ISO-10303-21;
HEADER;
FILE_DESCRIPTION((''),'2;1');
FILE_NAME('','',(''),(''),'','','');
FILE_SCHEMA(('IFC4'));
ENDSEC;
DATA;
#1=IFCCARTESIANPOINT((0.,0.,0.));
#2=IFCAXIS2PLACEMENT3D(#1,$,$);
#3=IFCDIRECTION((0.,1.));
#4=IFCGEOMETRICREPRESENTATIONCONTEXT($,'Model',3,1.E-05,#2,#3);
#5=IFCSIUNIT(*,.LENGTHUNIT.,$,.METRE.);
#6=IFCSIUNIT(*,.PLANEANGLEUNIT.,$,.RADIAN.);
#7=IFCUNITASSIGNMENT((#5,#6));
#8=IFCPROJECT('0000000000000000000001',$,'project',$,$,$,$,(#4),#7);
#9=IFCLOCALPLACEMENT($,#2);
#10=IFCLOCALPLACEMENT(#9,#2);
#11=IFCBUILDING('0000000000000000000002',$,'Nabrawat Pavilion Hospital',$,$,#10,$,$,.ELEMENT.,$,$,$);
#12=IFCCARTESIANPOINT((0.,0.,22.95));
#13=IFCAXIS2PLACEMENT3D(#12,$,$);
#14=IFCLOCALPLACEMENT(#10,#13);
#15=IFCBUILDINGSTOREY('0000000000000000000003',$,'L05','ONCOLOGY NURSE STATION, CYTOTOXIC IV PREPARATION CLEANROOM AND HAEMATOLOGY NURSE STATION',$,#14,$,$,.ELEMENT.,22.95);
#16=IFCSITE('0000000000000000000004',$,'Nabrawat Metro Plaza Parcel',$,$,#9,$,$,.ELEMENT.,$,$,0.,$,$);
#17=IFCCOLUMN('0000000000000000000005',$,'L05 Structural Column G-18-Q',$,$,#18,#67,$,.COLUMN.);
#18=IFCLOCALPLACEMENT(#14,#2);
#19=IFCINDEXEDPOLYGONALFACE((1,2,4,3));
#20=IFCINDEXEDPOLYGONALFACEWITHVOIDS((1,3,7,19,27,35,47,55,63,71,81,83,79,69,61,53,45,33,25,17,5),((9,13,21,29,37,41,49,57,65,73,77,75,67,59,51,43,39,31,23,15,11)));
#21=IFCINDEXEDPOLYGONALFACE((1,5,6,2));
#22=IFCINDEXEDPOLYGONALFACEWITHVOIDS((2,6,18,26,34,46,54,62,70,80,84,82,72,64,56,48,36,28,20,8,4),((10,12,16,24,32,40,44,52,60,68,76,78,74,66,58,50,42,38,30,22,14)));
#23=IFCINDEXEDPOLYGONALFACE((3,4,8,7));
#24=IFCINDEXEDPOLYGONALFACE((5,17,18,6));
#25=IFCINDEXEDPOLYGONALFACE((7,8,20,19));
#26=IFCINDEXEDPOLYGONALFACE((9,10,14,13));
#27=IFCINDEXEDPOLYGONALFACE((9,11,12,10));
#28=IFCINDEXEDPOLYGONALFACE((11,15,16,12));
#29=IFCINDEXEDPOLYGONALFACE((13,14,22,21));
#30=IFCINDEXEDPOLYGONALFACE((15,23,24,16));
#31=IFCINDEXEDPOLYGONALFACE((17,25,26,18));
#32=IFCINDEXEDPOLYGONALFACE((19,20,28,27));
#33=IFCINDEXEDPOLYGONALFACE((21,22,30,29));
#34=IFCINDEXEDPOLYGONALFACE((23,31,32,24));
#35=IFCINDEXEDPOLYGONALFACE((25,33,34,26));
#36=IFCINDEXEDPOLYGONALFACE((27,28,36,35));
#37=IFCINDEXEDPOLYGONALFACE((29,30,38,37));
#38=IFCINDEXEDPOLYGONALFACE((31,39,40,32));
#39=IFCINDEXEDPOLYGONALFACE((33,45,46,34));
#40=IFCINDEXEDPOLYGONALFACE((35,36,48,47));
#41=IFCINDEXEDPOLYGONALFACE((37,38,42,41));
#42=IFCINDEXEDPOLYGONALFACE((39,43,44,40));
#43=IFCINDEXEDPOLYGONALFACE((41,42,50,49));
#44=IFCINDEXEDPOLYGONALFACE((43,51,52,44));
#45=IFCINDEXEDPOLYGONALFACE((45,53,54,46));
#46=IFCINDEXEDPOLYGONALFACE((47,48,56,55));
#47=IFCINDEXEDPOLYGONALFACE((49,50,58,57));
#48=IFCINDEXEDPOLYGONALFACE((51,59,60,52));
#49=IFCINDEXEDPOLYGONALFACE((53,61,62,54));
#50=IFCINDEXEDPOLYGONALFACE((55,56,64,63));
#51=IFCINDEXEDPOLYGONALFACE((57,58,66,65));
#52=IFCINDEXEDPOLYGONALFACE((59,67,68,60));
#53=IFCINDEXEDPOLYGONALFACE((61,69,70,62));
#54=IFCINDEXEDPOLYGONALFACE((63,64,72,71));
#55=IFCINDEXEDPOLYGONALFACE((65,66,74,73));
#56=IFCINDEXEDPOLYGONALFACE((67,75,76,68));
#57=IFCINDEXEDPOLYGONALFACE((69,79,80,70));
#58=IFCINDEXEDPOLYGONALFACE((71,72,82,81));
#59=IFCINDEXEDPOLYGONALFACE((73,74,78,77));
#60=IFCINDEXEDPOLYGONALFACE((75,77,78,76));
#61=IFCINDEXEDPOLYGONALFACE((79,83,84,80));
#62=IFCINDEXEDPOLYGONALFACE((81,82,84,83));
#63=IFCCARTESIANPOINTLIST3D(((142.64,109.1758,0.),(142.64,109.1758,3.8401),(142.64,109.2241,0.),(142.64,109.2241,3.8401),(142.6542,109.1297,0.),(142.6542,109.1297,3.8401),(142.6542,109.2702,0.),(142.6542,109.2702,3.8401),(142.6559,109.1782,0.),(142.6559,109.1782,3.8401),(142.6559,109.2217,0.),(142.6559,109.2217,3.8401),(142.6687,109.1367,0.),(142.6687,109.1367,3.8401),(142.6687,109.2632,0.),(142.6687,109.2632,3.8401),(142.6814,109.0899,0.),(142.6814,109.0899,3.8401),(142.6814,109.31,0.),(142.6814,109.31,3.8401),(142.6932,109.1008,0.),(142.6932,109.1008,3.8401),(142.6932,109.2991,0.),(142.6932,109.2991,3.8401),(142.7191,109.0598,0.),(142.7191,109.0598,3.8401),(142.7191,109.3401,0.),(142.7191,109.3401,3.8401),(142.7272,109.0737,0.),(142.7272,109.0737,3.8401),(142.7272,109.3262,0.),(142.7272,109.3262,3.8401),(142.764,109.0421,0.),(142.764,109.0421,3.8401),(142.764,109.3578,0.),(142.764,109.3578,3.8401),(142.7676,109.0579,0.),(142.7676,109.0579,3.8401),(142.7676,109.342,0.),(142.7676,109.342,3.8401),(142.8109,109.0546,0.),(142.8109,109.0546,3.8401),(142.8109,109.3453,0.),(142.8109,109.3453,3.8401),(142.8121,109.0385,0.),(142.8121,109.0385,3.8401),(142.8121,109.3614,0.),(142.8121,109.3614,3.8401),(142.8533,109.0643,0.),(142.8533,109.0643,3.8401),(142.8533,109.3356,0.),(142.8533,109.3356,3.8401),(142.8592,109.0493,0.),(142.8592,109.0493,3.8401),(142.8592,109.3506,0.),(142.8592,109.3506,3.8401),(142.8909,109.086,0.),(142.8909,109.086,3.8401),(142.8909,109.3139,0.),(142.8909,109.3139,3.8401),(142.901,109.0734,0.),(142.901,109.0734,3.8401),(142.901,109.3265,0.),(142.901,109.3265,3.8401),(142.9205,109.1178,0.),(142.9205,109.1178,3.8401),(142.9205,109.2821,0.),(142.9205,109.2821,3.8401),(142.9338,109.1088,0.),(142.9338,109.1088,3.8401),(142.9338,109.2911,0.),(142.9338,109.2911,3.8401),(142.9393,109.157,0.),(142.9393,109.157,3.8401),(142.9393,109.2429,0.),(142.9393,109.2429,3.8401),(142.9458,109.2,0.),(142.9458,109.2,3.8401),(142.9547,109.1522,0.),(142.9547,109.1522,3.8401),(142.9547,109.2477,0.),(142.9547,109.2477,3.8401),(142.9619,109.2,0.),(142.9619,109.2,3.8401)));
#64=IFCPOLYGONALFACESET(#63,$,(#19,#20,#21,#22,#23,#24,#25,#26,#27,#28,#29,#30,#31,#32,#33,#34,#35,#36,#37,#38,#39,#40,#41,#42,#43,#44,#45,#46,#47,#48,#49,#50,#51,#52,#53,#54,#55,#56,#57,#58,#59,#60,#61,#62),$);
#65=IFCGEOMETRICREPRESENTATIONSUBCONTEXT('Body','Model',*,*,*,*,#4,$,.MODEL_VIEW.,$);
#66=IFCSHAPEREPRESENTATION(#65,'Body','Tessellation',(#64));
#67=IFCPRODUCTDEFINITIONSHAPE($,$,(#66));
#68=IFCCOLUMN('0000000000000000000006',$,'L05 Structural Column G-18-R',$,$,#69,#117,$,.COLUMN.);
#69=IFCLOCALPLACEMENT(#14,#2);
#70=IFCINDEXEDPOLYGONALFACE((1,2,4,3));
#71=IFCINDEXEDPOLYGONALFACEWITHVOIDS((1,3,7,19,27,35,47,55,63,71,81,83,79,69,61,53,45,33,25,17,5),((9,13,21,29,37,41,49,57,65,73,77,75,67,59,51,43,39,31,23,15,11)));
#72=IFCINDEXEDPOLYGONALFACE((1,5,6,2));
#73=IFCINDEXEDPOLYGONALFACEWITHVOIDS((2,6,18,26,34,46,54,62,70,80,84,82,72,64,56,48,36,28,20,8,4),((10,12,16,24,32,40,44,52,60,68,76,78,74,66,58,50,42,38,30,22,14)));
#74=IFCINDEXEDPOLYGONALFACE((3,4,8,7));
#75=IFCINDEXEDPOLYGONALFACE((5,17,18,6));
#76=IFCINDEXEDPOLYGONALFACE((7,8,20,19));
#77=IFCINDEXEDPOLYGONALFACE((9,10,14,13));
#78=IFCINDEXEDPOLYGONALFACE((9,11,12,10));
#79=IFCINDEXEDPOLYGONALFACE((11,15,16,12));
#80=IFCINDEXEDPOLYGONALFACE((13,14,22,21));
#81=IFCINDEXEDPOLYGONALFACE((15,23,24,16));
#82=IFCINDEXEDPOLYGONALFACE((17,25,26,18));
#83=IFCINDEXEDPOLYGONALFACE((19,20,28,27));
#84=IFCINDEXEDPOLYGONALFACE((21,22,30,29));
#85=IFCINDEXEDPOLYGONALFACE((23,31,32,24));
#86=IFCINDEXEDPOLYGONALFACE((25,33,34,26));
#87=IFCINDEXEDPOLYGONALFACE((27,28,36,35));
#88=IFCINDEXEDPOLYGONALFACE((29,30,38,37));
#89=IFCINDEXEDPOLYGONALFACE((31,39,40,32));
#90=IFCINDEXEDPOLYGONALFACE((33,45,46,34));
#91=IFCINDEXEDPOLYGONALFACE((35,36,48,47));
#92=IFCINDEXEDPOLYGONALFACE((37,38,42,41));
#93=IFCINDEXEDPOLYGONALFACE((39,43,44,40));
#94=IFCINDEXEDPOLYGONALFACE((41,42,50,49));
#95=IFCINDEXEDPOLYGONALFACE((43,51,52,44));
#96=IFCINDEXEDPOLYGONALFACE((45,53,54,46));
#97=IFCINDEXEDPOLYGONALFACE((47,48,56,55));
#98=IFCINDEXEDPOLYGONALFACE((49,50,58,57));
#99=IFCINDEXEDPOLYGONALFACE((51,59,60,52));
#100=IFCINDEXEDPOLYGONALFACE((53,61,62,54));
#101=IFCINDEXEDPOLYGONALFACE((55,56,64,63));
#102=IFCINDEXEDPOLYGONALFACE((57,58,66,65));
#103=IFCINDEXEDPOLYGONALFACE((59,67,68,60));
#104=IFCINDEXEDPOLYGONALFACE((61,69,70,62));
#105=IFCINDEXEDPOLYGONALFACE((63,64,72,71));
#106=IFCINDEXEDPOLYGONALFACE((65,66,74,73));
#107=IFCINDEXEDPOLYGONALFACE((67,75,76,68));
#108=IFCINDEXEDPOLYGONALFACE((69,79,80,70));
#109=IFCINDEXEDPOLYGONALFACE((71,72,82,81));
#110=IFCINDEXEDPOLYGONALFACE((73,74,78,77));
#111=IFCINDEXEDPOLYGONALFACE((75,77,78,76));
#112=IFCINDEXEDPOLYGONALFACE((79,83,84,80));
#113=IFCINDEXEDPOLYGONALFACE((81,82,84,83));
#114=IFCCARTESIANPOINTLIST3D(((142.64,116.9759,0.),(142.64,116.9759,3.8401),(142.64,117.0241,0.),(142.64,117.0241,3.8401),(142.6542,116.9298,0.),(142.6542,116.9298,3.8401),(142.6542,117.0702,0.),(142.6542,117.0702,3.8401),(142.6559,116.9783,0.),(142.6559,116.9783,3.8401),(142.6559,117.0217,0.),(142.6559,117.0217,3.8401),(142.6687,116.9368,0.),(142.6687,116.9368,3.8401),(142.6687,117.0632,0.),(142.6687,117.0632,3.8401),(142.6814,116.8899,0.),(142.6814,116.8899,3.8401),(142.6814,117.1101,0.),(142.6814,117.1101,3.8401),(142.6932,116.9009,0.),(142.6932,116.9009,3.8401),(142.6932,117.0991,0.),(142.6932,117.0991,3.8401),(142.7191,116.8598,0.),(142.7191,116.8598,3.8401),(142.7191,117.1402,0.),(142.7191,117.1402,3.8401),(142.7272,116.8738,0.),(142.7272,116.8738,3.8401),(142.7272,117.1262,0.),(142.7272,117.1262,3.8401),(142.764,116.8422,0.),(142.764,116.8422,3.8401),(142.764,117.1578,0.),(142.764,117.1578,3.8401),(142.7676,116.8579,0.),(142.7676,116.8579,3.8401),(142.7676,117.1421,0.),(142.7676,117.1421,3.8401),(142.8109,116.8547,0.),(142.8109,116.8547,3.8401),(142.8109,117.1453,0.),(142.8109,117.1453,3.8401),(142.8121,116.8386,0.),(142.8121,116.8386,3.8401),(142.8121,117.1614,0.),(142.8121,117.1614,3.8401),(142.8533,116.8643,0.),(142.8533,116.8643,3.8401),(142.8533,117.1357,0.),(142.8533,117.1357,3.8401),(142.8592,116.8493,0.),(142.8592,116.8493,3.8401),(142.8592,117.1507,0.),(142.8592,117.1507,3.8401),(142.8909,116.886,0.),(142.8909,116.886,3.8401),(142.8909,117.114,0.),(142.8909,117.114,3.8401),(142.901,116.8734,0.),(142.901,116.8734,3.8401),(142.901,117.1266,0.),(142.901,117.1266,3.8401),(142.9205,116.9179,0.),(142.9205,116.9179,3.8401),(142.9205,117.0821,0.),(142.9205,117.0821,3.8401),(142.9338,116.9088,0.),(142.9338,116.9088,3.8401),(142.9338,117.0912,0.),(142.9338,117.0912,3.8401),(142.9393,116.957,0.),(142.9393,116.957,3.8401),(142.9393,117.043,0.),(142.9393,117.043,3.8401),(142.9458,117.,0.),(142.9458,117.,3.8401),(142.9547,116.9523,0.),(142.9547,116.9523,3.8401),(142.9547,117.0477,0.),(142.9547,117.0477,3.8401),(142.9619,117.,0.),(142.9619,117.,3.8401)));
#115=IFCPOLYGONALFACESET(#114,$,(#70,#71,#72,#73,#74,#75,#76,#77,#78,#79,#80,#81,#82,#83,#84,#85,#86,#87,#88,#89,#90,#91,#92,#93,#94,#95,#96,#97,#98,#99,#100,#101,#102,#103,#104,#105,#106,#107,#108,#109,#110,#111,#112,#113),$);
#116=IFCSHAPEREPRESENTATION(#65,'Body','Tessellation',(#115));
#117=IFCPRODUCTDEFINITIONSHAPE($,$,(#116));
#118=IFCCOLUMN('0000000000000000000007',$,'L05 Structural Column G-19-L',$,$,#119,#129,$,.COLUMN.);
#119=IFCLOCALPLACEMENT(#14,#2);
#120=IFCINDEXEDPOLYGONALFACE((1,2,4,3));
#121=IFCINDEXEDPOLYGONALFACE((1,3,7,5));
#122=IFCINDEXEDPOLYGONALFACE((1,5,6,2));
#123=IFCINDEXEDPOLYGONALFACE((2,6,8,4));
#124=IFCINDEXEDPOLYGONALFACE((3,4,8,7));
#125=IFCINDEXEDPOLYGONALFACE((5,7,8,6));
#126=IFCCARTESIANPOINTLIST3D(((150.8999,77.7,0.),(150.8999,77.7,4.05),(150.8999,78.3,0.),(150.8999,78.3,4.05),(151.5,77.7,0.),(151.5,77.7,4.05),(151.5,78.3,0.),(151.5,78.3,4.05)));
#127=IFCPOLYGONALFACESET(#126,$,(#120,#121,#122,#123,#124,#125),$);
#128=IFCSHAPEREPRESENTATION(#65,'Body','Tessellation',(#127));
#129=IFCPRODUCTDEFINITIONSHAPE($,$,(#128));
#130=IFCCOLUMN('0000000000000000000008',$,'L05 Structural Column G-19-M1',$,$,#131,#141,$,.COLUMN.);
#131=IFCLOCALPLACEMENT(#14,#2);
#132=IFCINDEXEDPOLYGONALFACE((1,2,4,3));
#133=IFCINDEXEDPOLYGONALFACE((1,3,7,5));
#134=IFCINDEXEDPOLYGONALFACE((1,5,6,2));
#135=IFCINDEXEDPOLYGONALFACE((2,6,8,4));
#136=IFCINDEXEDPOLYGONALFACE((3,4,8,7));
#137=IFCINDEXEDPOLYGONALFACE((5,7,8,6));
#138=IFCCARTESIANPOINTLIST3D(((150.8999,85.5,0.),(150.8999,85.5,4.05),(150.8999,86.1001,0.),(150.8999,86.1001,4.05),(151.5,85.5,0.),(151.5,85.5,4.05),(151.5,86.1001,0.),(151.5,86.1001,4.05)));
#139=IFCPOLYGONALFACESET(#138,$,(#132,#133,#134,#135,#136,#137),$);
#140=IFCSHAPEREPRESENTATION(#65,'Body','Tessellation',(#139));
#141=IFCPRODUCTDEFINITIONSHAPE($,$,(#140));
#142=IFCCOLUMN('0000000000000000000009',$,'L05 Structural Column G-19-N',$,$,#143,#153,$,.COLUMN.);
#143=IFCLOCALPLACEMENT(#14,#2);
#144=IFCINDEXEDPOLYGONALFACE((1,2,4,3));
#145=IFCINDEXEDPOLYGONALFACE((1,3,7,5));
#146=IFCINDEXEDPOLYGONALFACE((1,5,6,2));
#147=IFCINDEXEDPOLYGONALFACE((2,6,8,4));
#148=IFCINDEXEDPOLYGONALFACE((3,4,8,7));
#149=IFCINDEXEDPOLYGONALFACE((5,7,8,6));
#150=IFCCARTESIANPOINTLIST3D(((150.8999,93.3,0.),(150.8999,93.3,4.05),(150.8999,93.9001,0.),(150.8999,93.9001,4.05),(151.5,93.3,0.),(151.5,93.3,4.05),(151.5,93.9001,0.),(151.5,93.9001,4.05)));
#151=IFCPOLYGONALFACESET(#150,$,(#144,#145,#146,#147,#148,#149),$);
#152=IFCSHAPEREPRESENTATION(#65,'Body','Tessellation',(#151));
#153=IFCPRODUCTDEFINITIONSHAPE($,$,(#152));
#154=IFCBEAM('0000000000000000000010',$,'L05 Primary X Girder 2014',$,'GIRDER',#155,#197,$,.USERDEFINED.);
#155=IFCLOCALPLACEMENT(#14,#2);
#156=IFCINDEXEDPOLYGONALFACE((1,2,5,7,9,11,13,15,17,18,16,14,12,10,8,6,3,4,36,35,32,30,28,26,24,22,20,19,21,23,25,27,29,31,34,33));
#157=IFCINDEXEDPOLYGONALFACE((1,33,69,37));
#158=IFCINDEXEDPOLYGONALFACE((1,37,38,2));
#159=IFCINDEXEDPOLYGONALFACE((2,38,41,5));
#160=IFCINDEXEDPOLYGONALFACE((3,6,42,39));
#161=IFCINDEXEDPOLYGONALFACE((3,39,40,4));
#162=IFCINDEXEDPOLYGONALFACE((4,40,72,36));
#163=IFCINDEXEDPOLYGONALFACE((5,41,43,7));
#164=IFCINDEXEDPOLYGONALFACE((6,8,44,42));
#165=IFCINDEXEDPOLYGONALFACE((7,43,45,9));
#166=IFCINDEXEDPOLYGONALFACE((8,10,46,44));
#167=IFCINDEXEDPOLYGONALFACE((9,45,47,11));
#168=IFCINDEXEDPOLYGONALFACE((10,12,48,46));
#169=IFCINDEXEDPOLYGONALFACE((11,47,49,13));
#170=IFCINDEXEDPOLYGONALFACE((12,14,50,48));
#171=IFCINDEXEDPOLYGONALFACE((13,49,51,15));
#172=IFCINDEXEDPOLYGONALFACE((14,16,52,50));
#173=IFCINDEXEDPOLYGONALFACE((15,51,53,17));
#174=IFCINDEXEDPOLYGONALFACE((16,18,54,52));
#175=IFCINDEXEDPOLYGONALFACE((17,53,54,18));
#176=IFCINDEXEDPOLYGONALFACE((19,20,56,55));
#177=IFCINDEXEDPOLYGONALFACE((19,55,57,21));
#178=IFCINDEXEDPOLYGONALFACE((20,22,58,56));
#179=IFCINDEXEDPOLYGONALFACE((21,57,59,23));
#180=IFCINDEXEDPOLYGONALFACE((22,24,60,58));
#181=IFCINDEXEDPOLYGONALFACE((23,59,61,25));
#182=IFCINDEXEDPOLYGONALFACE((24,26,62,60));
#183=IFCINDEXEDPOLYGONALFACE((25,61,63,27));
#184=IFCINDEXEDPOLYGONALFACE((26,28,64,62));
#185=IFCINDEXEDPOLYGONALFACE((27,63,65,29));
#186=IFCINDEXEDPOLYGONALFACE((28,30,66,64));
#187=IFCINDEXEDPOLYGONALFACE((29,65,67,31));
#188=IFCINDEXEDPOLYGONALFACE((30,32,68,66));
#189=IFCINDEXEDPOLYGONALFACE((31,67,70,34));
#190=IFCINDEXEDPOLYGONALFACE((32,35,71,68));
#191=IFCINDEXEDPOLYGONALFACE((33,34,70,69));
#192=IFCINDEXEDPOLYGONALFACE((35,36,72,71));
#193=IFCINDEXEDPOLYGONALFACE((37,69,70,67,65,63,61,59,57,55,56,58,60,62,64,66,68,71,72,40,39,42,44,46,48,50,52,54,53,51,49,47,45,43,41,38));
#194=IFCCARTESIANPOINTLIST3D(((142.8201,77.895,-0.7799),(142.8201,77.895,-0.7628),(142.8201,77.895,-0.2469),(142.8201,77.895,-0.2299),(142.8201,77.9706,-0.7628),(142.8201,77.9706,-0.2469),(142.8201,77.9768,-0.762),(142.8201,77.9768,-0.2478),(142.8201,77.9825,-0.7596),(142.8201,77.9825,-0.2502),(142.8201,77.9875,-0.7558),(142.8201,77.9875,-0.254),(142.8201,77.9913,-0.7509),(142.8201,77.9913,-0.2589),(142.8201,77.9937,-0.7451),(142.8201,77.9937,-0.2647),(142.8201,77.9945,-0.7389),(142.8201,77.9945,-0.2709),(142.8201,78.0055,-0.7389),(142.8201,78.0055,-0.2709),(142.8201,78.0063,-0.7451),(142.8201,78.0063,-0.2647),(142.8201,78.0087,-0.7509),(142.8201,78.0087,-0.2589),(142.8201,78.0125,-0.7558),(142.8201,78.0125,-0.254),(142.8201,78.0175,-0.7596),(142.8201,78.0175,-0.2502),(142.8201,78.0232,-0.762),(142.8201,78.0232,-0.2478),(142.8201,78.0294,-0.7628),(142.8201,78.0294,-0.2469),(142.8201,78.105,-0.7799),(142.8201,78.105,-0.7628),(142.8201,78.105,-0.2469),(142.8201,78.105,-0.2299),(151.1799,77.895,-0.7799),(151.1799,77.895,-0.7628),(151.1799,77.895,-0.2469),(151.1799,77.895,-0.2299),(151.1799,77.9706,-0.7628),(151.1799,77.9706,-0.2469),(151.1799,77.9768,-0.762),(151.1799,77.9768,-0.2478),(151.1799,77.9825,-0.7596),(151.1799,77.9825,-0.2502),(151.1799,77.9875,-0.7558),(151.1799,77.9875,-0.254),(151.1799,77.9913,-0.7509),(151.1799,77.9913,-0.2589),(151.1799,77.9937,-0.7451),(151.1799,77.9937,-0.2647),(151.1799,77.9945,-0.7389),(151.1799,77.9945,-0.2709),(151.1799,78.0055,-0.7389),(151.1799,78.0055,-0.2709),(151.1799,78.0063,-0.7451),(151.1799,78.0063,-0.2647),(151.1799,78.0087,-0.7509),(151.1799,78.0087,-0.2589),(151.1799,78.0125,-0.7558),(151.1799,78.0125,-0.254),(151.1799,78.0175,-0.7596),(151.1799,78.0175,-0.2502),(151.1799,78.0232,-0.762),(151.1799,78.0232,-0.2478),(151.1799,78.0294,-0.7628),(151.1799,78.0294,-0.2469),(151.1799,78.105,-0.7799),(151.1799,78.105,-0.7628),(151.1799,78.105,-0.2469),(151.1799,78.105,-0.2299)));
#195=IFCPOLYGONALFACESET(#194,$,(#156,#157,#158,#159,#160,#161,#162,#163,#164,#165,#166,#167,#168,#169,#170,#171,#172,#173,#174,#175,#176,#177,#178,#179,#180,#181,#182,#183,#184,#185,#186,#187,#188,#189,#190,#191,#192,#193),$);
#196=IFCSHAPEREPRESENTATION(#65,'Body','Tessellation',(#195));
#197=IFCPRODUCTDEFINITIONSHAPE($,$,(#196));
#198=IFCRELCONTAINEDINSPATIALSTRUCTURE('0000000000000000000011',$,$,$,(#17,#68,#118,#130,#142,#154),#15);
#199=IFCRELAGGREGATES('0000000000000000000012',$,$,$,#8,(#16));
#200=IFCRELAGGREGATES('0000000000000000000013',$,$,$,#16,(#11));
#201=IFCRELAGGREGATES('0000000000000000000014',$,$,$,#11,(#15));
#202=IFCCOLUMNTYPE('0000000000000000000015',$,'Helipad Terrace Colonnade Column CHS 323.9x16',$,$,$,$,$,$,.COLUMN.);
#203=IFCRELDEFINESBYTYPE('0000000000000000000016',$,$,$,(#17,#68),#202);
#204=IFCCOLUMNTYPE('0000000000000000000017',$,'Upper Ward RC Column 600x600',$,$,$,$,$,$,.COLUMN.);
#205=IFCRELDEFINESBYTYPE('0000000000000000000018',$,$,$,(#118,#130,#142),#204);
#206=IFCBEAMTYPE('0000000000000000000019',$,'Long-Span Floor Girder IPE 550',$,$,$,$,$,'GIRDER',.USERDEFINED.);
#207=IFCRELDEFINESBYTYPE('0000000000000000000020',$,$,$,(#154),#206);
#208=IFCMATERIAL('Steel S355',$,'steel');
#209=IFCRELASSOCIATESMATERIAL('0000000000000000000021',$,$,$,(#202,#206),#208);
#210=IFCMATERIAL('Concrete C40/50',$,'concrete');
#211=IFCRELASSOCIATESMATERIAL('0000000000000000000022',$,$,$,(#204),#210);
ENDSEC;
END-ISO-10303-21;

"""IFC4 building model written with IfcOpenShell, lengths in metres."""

from ifc_helpers import new_model, si_unit, direction, frame, origin, origin_2d, place, context, subcontext, project, spatial, rectangle, hollow_circle, i_section, extrude, material, material_profile, profile_set, type_object, element, save


model = new_model("IFC4")

# Units and contexts
model_context = context("Model", 3, precision=1e-05, world=origin(), true_north=direction((0.0, 1.0)))
body_context = subcontext(model_context, "Body", "Model", "MODEL_VIEW")
ifc_project = project(units=[si_unit("LENGTHUNIT", "METRE"), si_unit("PLANEANGLEUNIT", "RADIAN")], contexts=[model_context])

# Site, building, storey
site_placement = place(None, origin())
site = spatial("IfcSite", under=ifc_project, at=site_placement, Name="Nabrawat Metro Plaza Parcel", CompositionType="ELEMENT", RefElevation=0.0)
building_placement = place(site_placement, origin())
building = spatial("IfcBuilding", under=site, at=building_placement, Name="Nabrawat Pavilion Hospital", CompositionType="ELEMENT")
storey_placement = place(building_placement, frame((0.0, 0.0, 22.95)))
storey = spatial("IfcBuildingStorey", under=building, at=storey_placement, Name="L05", Description="ONCOLOGY NURSE STATION, CYTOTOXIC IV PREPARATION CLEANROOM AND HAEMATOLOGY NURSE STATION", CompositionType="ELEMENT", Elevation=22.95)

# Columns
ifc_material_1 = material(Name="Steel S355", Category="steel")
ifc_material_profile_1 = material_profile(ifc_material_1, hollow_circle(Radius=0.1619, WallThickness=0.0161, at=origin_2d()), Name="CHS 323.9x16")
ifc_profile_set_1 = profile_set([ifc_material_profile_1], Name="Steel S355")
column_type_1 = type_object("IfcColumnType", Name="Helipad Terrace Colonnade Column CHS 323.9x16", PredefinedType="COLUMN", material=ifc_profile_set_1)
for number, where, z_axis, x_axis, name in (
    (1, (142.8, 109.2, 0.0), (0.0, 0.0, 1.0), (1.0, 0.0, 0.0), "L05 Structural Column G-18-Q"),
    (2, (142.8, 117.0, 0.0), (0.0, 0.0, 1.0), (1.0, 0.0, 0.0), "L05 Structural Column G-18-R"),
):
    element("IfcColumn", number, at=place(storey_placement, frame(where, z_axis=z_axis, x_axis=x_axis)), inside=storey, type_object=column_type_1, Name=name, PredefinedType="COLUMN", context=body_context, shape_type="SweptSolid", body=[
        extrude(hollow_circle(Radius=0.1619, WallThickness=0.0161, at=origin_2d()), origin(), (0.0, 0.0, 1.0), 3.8401),
    ])
ifc_material_2 = material(Name="Concrete C40/50", Category="concrete")
ifc_material_profile_2 = material_profile(ifc_material_2, rectangle(XDim=0.6001, YDim=0.6001, at=origin_2d()), Name="RC 600x600")
ifc_profile_set_2 = profile_set([ifc_material_profile_2], Name="Concrete C40/50")
column_type_2 = type_object("IfcColumnType", Name="Upper Ward RC Column 600x600", PredefinedType="COLUMN", material=ifc_profile_set_2)
for number, where, z_axis, x_axis, name in (
    (3, (151.2, 78.0, 0.0), (0.0, 0.0, 1.0), (1.0, 0.0, 0.0), "L05 Structural Column G-19-L"),
    (4, (151.2, 85.8, 0.0), (0.0, 0.0, 1.0), (1.0, 0.0, 0.0), "L05 Structural Column G-19-M1"),
    (5, (151.2, 93.6001, 0.0), (0.0, 0.0, 1.0), (1.0, 0.0, 0.0), "L05 Structural Column G-19-N"),
):
    element("IfcColumn", number, at=place(storey_placement, frame(where, z_axis=z_axis, x_axis=x_axis)), inside=storey, type_object=column_type_2, Name=name, PredefinedType="COLUMN", context=body_context, shape_type="SweptSolid", body=[
        extrude(rectangle(XDim=0.6001, YDim=0.6001, at=origin_2d()), origin(), (0.0, 0.0, 1.0), 4.05),
    ])

# Beam
ifc_material_profile_3 = material_profile(ifc_material_1, i_section(OverallWidth=0.21, OverallDepth=0.55, WebThickness=0.011, FlangeThickness=0.0171, FilletRadius=0.0239, at=origin_2d()), Name="IPE 550")
ifc_profile_set_3 = profile_set([ifc_material_profile_3], Name="Steel S355")
beam_type_1 = type_object("IfcBeamType", Name="Long-Span Floor Girder IPE 550", ElementType="GIRDER", PredefinedType="USERDEFINED", material=ifc_profile_set_3)
for number, where, z_axis, x_axis, name in (
    (6, (142.8201, 78.0, -0.5049), (1.0, 0.0, 0.0), (0.0, 1.0, 0.0), "L05 Primary X Girder 2014"),
):
    element("IfcBeam", number, at=place(storey_placement, frame(where, z_axis=z_axis, x_axis=x_axis)), inside=storey, type_object=beam_type_1, Name=name, ObjectType="GIRDER", PredefinedType="USERDEFINED", context=body_context, shape_type="SweptSolid", body=[
        extrude(i_section(OverallWidth=0.21, OverallDepth=0.55, WebThickness=0.011, FlangeThickness=0.0171, FilletRadius=0.0239, at=origin_2d()), origin(), (0.0, 0.0, 1.0), 8.3599),
    ])

save(model, "model.ifc")
